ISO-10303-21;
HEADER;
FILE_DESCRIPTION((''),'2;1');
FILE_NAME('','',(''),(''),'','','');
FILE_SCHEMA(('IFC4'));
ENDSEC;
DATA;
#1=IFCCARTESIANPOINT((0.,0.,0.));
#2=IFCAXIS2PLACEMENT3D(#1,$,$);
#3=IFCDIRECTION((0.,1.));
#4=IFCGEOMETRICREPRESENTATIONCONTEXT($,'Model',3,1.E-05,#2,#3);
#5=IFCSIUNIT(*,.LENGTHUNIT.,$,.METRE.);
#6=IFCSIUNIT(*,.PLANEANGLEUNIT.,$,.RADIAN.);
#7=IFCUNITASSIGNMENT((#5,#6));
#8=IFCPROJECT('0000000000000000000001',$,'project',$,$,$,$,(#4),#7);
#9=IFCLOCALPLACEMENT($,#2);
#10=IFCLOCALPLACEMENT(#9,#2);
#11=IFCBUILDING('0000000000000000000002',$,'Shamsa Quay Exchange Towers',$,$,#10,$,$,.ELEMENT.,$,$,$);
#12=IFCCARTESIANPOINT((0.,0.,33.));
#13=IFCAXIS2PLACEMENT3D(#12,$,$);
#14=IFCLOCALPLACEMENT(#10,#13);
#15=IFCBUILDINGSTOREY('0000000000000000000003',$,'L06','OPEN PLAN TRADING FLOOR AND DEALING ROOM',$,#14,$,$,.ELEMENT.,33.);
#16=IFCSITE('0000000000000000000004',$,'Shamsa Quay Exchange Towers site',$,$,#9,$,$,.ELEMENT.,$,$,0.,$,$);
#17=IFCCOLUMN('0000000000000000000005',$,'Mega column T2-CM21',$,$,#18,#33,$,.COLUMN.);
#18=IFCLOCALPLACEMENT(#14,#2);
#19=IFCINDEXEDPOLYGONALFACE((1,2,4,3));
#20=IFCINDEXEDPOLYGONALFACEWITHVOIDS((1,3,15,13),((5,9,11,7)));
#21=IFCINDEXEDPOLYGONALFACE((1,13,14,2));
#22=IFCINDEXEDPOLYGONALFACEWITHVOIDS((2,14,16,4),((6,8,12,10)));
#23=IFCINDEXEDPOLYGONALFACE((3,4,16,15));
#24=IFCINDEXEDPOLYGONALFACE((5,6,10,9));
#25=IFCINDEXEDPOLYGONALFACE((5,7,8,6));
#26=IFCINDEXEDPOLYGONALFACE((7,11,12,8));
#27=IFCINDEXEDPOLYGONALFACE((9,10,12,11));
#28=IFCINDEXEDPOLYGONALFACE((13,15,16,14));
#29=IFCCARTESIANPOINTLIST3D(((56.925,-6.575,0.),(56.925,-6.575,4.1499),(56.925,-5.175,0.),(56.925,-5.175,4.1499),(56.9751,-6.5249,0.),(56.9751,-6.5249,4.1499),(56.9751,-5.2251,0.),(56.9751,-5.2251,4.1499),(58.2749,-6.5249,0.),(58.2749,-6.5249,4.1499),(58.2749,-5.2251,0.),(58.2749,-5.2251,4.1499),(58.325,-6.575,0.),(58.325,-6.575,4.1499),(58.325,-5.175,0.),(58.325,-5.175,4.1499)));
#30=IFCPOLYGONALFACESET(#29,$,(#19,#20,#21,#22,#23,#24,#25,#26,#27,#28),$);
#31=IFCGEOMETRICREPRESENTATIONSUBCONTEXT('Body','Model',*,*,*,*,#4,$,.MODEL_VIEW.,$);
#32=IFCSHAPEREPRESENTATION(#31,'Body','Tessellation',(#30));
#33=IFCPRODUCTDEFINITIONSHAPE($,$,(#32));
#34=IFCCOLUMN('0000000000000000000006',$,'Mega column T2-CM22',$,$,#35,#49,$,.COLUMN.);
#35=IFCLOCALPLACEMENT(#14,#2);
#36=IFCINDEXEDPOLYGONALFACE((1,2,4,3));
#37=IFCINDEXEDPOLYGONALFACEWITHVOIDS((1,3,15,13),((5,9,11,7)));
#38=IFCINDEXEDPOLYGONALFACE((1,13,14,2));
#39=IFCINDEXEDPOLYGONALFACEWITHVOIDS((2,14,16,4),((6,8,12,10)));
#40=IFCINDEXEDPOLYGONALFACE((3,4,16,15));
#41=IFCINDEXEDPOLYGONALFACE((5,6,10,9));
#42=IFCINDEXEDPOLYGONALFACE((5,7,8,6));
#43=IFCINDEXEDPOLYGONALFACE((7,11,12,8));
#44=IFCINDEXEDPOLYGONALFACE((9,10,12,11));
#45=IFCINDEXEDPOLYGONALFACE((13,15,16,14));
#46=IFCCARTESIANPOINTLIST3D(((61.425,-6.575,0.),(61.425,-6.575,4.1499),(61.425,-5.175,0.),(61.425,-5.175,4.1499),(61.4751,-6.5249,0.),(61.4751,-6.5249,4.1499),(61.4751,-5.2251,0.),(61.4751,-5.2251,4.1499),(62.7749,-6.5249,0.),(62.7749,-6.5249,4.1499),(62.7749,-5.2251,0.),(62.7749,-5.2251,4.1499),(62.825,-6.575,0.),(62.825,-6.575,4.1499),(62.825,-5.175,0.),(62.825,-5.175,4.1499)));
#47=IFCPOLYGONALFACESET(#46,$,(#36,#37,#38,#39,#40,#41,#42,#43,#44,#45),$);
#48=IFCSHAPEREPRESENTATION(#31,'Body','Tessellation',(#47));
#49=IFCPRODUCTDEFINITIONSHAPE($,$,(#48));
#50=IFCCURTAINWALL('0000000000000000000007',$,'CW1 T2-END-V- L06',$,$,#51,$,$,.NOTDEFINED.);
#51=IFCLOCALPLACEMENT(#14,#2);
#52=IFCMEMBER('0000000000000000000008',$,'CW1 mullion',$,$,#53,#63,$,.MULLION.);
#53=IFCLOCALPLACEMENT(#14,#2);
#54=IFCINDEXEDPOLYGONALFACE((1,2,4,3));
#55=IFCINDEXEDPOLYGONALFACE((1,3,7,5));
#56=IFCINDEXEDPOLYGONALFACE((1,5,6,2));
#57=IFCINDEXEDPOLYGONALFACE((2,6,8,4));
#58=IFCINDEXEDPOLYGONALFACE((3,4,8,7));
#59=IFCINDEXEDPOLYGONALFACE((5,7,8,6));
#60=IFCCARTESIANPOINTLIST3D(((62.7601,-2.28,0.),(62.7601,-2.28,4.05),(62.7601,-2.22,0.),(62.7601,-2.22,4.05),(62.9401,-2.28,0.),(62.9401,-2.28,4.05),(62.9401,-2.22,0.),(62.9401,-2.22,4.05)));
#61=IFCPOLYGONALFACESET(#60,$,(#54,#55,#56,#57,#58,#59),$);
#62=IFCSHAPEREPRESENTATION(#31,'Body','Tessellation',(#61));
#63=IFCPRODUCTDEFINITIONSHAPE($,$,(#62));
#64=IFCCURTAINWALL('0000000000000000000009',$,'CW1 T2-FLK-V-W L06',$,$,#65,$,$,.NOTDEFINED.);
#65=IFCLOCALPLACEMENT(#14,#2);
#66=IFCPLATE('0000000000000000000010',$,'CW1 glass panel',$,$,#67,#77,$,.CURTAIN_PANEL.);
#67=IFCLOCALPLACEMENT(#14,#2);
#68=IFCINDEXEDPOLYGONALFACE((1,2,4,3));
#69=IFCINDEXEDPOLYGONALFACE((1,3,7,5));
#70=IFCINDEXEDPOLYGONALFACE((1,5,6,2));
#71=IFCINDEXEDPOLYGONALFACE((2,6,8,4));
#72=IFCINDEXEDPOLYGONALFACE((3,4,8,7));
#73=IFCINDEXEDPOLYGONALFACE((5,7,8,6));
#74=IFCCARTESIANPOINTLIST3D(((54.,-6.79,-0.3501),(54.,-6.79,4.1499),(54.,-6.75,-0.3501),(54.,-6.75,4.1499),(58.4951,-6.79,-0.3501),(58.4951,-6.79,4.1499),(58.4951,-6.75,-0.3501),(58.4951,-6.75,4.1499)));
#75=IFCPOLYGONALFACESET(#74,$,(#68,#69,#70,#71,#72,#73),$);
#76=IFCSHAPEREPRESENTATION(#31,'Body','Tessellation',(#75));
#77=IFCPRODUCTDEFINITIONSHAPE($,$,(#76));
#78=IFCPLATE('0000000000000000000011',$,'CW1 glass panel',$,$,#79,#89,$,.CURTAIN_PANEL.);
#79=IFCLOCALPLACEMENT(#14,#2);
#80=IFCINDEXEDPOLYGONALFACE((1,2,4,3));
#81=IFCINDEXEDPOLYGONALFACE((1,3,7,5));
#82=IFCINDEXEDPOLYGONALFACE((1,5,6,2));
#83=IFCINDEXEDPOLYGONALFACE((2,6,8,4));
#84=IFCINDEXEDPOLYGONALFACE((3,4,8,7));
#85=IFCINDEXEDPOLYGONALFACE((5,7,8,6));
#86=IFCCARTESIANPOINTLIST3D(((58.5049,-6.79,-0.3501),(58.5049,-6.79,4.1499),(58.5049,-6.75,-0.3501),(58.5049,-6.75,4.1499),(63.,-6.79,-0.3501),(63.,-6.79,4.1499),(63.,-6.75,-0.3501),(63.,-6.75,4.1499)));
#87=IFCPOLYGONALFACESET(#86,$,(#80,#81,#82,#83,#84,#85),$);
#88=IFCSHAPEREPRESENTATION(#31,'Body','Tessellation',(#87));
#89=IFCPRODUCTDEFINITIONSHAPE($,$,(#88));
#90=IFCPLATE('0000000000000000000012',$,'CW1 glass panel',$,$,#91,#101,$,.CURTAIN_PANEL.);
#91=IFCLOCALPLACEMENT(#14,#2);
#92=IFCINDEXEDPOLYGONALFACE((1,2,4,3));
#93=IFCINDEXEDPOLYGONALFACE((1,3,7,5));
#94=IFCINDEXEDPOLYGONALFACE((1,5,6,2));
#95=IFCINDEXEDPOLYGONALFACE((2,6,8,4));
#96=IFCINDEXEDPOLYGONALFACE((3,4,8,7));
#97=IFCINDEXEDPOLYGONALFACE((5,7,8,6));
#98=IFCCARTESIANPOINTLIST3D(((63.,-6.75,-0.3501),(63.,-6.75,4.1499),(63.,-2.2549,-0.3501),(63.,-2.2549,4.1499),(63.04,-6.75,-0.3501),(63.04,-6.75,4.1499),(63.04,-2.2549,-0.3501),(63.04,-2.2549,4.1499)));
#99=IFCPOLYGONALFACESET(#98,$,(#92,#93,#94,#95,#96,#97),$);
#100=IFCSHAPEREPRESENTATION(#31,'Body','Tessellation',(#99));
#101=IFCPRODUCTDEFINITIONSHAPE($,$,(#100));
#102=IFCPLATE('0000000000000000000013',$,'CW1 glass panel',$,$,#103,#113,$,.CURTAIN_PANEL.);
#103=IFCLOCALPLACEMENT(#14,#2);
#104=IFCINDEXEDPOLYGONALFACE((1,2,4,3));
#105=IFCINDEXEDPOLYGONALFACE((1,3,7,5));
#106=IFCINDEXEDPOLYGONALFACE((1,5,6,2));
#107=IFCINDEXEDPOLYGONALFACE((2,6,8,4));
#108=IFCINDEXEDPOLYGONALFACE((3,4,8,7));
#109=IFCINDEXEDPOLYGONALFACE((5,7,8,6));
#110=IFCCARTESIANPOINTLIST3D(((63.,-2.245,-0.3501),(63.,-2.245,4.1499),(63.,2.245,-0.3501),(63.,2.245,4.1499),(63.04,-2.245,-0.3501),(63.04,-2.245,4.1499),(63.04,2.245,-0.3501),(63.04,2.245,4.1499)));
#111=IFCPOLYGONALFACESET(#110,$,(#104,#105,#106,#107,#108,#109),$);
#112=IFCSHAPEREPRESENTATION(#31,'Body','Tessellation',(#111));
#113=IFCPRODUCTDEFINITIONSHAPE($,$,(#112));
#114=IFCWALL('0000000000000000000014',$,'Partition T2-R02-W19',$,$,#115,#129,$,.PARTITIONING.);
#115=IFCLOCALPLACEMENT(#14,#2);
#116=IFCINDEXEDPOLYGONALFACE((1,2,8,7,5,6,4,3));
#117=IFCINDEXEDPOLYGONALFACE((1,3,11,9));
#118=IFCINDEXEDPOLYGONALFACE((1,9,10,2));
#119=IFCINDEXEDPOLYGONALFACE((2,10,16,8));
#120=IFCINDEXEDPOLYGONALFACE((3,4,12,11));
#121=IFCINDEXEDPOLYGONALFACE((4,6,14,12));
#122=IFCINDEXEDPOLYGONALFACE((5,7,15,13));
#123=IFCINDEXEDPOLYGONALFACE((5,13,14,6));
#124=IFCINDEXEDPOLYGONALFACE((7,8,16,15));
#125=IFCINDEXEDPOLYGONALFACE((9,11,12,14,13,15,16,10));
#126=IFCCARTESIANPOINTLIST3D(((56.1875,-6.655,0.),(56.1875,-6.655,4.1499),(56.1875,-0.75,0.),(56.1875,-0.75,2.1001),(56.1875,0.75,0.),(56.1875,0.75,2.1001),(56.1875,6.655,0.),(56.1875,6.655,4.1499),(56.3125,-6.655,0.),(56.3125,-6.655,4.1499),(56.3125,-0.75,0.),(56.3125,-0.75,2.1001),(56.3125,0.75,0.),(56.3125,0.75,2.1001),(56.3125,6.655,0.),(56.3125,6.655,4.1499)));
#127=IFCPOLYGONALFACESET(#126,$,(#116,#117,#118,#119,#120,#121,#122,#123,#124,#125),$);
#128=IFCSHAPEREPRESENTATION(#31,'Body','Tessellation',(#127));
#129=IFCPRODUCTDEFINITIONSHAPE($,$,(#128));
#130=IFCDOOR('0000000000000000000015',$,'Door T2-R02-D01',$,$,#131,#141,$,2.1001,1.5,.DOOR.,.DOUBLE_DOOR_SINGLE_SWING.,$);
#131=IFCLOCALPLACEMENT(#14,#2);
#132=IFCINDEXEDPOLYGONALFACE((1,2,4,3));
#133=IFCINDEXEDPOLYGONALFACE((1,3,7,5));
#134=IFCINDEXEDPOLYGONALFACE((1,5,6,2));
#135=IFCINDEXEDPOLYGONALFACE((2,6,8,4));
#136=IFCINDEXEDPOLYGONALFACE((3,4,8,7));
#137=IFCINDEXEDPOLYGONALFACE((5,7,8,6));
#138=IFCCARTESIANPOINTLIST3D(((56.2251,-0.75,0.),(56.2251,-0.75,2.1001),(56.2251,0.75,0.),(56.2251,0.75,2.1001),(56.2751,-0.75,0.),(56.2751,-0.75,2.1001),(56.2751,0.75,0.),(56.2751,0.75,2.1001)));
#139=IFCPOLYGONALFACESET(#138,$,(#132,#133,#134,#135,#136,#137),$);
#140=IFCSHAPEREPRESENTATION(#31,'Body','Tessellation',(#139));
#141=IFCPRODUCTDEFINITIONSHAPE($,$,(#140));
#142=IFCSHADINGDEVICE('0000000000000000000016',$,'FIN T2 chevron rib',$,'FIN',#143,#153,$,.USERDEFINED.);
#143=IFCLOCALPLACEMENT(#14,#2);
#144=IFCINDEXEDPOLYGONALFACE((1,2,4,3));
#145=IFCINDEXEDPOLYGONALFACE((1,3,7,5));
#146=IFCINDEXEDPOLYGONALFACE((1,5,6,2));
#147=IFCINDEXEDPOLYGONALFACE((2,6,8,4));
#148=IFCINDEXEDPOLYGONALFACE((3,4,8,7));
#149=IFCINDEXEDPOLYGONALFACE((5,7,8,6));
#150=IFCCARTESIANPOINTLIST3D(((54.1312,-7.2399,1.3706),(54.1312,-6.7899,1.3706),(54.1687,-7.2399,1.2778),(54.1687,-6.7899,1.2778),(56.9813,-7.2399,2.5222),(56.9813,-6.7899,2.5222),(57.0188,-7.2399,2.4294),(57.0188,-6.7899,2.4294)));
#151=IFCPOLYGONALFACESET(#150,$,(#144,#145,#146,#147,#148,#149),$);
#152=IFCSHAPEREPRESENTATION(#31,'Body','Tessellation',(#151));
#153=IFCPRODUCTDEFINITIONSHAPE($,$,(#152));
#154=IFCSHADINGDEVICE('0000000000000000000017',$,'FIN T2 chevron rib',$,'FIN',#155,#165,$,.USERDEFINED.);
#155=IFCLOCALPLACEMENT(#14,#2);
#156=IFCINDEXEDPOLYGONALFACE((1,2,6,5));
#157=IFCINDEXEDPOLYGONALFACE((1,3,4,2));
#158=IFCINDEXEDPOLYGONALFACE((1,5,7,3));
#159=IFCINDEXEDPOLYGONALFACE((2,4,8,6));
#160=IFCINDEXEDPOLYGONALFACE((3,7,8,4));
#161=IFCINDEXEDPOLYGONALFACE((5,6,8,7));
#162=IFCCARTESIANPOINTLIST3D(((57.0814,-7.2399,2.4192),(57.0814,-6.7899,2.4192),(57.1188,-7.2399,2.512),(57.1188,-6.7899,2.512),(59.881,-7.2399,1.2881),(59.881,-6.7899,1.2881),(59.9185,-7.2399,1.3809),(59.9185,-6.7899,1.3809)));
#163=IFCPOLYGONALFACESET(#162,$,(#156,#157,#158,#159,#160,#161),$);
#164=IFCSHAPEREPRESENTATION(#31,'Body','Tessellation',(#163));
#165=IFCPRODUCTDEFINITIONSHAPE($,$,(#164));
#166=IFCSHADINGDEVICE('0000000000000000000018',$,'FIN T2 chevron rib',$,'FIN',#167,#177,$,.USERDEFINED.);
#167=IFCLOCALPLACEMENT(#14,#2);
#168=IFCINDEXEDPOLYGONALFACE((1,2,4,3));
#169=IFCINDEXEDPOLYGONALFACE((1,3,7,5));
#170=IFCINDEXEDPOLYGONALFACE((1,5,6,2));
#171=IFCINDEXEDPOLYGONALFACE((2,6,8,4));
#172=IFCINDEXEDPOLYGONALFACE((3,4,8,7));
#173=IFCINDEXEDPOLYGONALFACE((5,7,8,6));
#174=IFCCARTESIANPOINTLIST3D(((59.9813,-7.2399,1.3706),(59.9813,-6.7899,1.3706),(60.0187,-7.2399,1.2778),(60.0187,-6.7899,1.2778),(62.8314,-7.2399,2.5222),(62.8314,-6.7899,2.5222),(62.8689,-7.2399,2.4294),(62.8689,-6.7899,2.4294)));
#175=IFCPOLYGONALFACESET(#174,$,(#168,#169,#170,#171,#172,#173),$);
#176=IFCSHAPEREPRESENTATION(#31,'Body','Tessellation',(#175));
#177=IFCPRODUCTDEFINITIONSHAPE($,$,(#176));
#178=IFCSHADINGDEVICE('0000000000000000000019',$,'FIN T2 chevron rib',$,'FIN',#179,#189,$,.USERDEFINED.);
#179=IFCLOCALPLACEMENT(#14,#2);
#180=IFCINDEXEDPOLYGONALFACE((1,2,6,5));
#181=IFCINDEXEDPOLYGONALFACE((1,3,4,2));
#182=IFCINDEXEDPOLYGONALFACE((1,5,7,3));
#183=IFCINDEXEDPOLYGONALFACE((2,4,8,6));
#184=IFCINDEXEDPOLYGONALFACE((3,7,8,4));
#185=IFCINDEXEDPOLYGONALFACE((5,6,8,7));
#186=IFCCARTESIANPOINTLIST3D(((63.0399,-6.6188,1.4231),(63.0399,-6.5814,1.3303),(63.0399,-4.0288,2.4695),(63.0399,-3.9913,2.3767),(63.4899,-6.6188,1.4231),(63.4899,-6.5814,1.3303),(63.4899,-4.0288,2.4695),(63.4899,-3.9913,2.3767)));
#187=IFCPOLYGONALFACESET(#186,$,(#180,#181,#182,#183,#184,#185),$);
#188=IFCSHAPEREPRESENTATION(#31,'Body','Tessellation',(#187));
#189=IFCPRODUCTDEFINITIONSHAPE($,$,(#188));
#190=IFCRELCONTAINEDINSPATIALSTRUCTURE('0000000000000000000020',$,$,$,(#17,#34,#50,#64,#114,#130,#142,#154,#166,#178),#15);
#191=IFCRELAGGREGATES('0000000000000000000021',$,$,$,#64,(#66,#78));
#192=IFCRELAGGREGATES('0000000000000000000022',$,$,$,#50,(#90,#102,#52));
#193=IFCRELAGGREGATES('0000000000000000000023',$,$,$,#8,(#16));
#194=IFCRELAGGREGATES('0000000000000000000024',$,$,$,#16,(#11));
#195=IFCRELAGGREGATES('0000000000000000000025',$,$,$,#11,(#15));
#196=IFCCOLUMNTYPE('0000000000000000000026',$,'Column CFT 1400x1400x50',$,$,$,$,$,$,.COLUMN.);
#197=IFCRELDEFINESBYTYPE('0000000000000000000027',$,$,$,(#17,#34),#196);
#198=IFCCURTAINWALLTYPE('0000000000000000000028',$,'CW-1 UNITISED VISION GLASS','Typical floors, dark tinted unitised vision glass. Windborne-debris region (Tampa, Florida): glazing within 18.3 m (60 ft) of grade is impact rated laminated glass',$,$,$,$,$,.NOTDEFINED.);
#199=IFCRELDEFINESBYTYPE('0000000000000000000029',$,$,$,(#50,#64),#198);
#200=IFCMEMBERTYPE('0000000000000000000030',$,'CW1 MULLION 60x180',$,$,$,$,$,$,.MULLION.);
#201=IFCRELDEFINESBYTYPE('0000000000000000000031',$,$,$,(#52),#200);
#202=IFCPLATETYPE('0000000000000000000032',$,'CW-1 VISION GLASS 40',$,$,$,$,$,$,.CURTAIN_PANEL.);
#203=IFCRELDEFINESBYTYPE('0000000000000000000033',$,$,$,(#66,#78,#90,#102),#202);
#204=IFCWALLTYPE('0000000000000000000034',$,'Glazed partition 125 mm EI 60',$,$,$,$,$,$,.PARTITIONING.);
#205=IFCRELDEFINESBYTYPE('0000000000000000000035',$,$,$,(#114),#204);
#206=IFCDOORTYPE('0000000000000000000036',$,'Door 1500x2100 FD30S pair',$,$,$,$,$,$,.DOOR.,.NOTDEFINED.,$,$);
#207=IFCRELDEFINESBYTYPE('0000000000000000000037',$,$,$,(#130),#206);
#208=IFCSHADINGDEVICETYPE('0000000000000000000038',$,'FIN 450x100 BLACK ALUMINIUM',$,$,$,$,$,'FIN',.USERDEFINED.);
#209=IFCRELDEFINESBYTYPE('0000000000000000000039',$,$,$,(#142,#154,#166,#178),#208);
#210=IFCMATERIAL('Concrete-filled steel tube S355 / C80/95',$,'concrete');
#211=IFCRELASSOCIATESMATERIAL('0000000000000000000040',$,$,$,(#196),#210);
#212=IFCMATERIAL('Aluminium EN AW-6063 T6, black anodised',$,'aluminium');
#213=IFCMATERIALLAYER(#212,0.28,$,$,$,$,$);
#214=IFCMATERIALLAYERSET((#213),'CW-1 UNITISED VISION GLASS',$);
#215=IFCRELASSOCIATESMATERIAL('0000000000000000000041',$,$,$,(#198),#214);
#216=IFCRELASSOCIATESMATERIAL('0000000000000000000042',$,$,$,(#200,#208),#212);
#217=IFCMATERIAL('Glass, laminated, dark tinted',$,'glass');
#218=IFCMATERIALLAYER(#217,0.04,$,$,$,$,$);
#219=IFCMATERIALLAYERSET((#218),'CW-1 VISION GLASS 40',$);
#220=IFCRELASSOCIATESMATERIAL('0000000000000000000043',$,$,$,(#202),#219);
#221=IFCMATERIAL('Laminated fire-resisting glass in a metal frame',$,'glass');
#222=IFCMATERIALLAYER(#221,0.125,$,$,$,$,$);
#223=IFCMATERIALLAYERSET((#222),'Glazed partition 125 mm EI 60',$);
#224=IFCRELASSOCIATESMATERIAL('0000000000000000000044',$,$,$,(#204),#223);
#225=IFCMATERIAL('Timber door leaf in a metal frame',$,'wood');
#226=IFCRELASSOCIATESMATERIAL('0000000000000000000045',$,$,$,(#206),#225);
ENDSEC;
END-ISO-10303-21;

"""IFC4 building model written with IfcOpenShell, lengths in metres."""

from ifc_helpers import new_model, si_unit, direction, frame, frame_2d, origin, origin_2d, place, context, subcontext, project, spatial, rectangle, hollow_rectangle, extrude, material, layer, layer_set, material_profile, profile_set, type_object, element, fill, aggregate, save


model = new_model("IFC4")

# Units and contexts
model_context = context("Model", 3, precision=1e-05, world=origin(), true_north=direction((0.0, 1.0)))
body_context = subcontext(model_context, "Body", "Model", "MODEL_VIEW")
ifc_project = project(units=[si_unit("LENGTHUNIT", "METRE"), si_unit("PLANEANGLEUNIT", "RADIAN")], contexts=[model_context])

# Site, building, storey
site_placement = place(None, origin())
site = spatial("IfcSite", under=ifc_project, at=site_placement, Name="Shamsa Quay Exchange Towers site", CompositionType="ELEMENT", RefElevation=0.0)
building_placement = place(site_placement, origin())
building = spatial("IfcBuilding", under=site, at=building_placement, Name="Shamsa Quay Exchange Towers", CompositionType="ELEMENT")
storey_placement = place(building_placement, frame((0.0, 0.0, 33.0)))
storey = spatial("IfcBuildingStorey", under=building, at=storey_placement, Name="L06", Description="OPEN PLAN TRADING FLOOR AND DEALING ROOM", CompositionType="ELEMENT", Elevation=33.0)

# Columns
ifc_material_1 = material(Name="Concrete-filled steel tube S355 / C80/95", Category="concrete")
ifc_material_profile_1 = material_profile(ifc_material_1, hollow_rectangle(XDim=1.3999, YDim=1.3999, WallThickness=0.05, at=origin_2d()), Name="CFT 1400x1400x50")
ifc_profile_set_1 = profile_set([ifc_material_profile_1], Name="Concrete-filled steel tube S355 / C80/95")
column_type = type_object("IfcColumnType", Name="Column CFT 1400x1400x50", PredefinedType="COLUMN", material=ifc_profile_set_1)
for number, where, name in (
    (1, (57.625, -5.875, 0.0), "Mega column T2-CM21"),
    (2, (62.125, -5.875, 0.0), "Mega column T2-CM22"),
):
    element("IfcColumn", number, at=place(storey_placement, frame(where)), inside=storey, type_object=column_type, Name=name, PredefinedType="COLUMN", context=body_context, shape_type="SweptSolid", body=[
        extrude(hollow_rectangle(XDim=1.3999, YDim=1.3999, WallThickness=0.05, at=origin_2d()), origin(), (0.0, 0.0, 1.0), 4.1499),
    ])

# Curtain wall, member
ifc_material_2 = material(Name="Aluminium EN AW-6063 T6, black anodised", Category="aluminium")
ifc_layer_1 = layer(ifc_material_2, 0.28)
ifc_layer_set_1 = layer_set([ifc_layer_1], Name="CW-1 UNITISED VISION GLASS")
curtain_wall_type = type_object("IfcCurtainWallType", Name="CW-1 UNITISED VISION GLASS", Description="Typical floors, dark tinted unitised vision glass. Windborne-debris region (Tampa, Florida): glazing within 18.3 m (60 ft) of grade is impact rated laminated glass", PredefinedType="NOTDEFINED", material=ifc_layer_set_1)
curtain_wall_1_placement = place(storey_placement, origin())
curtain_wall_1 = element("IfcCurtainWall", 3, at=curtain_wall_1_placement, inside=storey, type_object=curtain_wall_type, Name="CW1 T2-END-V- L06", PredefinedType="NOTDEFINED")
ifc_material_profile_2 = material_profile(ifc_material_2, rectangle(XDim=0.1799, YDim=0.0601, at=origin_2d()), Name="MU60x180")
ifc_profile_set_2 = profile_set([ifc_material_profile_2], Name="Aluminium EN AW-6063 T6, black anodised")
member_type = type_object("IfcMemberType", Name="CW1 MULLION 60x180", PredefinedType="MULLION", material=ifc_profile_set_2)
member_placement = place(storey_placement, frame((62.8501, -2.25, 0.0), z_axis=(0.0, 0.0, 1.0), x_axis=(-1.0, 0.0, 0.0)))
member = element("IfcMember", 4, at=member_placement, type_object=member_type, Name="CW1 mullion", PredefinedType="MULLION", context=body_context, shape_type="SweptSolid", body=[
    extrude(rectangle(XDim=0.1799, YDim=0.0601, at=origin_2d()), origin(), (0.0, 0.0, 1.0), 4.05),
])

# Curtain wall, plates
curtain_wall_2_placement = place(storey_placement, origin())
curtain_wall_2 = element("IfcCurtainWall", 5, at=curtain_wall_2_placement, inside=storey, type_object=curtain_wall_type, Name="CW1 T2-FLK-V-W L06", PredefinedType="NOTDEFINED")
ifc_material_3 = material(Name="Glass, laminated, dark tinted", Category="glass")
ifc_layer_2 = layer(ifc_material_3, 0.04)
ifc_layer_set_2 = layer_set([ifc_layer_2], Name="CW-1 VISION GLASS 40")
plate_type = type_object("IfcPlateType", Name="CW-1 VISION GLASS 40", PredefinedType="CURTAIN_PANEL", material=ifc_layer_set_2)
plate_1_placement = place(storey_placement, frame((56.2476, -6.77, -0.3501)))
plate_1 = element("IfcPlate", 6, at=plate_1_placement, type_object=plate_type, Name="CW1 glass panel", PredefinedType="CURTAIN_PANEL", context=body_context, shape_type="SweptSolid", body=[
    extrude(rectangle(XDim=4.4951, YDim=0.04, at=origin_2d()), origin(), (0.0, 0.0, 1.0), 4.5),
])
plate_2_placement = place(storey_placement, frame((60.7524, -6.77, -0.3501)))
plate_2 = element("IfcPlate", 7, at=plate_2_placement, type_object=plate_type, Name="CW1 glass panel", PredefinedType="CURTAIN_PANEL", context=body_context, shape_type="SweptSolid", body=[
    extrude(rectangle(XDim=4.4951, YDim=0.04, at=origin_2d()), origin(), (0.0, 0.0, 1.0), 4.5),
])
aggregate(curtain_wall_2, [plate_1, plate_2])

# Plates
plate_3_placement = place(storey_placement, frame((63.02, -4.5024, -0.3501), z_axis=(0.0, 0.0, 1.0), x_axis=(0.0, 1.0, 0.0)))
plate_3 = element("IfcPlate", 8, at=plate_3_placement, type_object=plate_type, Name="CW1 glass panel", PredefinedType="CURTAIN_PANEL", context=body_context, shape_type="SweptSolid", body=[
    extrude(rectangle(XDim=4.4951, YDim=0.04, at=origin_2d()), origin(), (0.0, 0.0, 1.0), 4.5),
])
plate_4_placement = place(storey_placement, frame((63.02, 0.0, -0.3501), z_axis=(0.0, 0.0, 1.0), x_axis=(0.0, 1.0, 0.0)))
plate_4 = element("IfcPlate", 9, at=plate_4_placement, type_object=plate_type, Name="CW1 glass panel", PredefinedType="CURTAIN_PANEL", context=body_context, shape_type="SweptSolid", body=[
    extrude(rectangle(XDim=4.49, YDim=0.04, at=origin_2d()), origin(), (0.0, 0.0, 1.0), 4.5),
])
aggregate(curtain_wall_1, [plate_3, plate_4, member])

# Wall, opening, door
ifc_material_4 = material(Name="Laminated fire-resisting glass in a metal frame", Category="glass")
ifc_layer_3 = layer(ifc_material_4, 0.125)
ifc_layer_set_3 = layer_set([ifc_layer_3], Name="Glazed partition 125 mm EI 60")
wall_type = type_object("IfcWallType", Name="Glazed partition 125 mm EI 60", PredefinedType="PARTITIONING", material=ifc_layer_set_3)
wall_placement = place(storey_placement, frame((56.25, -6.655, 0.0), z_axis=(0.0, 0.0, 1.0), x_axis=(0.0, 1.0, 0.0)))
wall = element("IfcWall", 10, at=wall_placement, inside=storey, type_object=wall_type, Name="Partition T2-R02-W19", PredefinedType="PARTITIONING", context=body_context, shape_type="SweptSolid", body=[
    extrude(rectangle(XDim=13.3101, YDim=0.125, at=frame_2d((6.655, 0.0))), origin(), (0.0, 0.0, 1.0), 4.1499),
])
opening_placement = place(wall_placement, frame((5.905, 0.0, 0.0)))
opening = element("IfcOpeningElement", 11, at=opening_placement, cuts=wall, PredefinedType="OPENING", context=body_context, shape_type="SweptSolid", body=[
    extrude(rectangle(XDim=1.5, YDim=2.1001, at=frame_2d((0.75, 1.05))), frame((0.0, 0.0725, 0.0), z_axis=(0.0, -1.0, 0.0), x_axis=(1.0, 0.0, 0.0)), (0.0, 0.0, 1.0), 0.145),
])
ifc_material_5 = material(Name="Timber door leaf in a metal frame", Category="wood")
door_type = type_object("IfcDoorType", Name="Door 1500x2100 FD30S pair", OperationType="NOTDEFINED", PredefinedType="DOOR", material=ifc_material_5)
door_placement = place(opening_placement, origin())
door = element("IfcDoor", 12, at=door_placement, inside=storey, type_object=door_type, Name="Door T2-R02-D01", OperationType="DOUBLE_DOOR_SINGLE_SWING", OverallHeight=2.1001, OverallWidth=1.5, PredefinedType="DOOR", context=body_context, shape_type="SweptSolid", body=[
    extrude(rectangle(XDim=1.5, YDim=2.1001, at=frame_2d((0.75, 1.05))), frame((0.0, 0.0249, 0.0), z_axis=(0.0, -1.0, 0.0), x_axis=(1.0, 0.0, 0.0)), (0.0, 0.0, 1.0), 0.05),
])
fill(opening, door)

# Shading devices
ifc_material_profile_3 = material_profile(ifc_material_2, rectangle(XDim=0.45, YDim=0.1001, at=origin_2d()), Name="FIN450x100")
ifc_profile_set_3 = profile_set([ifc_material_profile_3], Name="Aluminium EN AW-6063 T6, black anodised")
shading_device_type = type_object("IfcShadingDeviceType", Name="FIN 450x100 BLACK ALUMINIUM", ElementType="FIN", PredefinedType="USERDEFINED", material=ifc_profile_set_3)
shading_device_1_placement = place(storey_placement, frame((54.1499, -7.0149, 1.3242), z_axis=(0.927173, 0.0, 0.374634), x_axis=(0.0, 1.0, 0.0)))
element("IfcShadingDevice", 13, at=shading_device_1_placement, inside=storey, type_object=shading_device_type, Name="FIN T2 chevron rib", ObjectType="FIN", PredefinedType="USERDEFINED", context=body_context, shape_type="SweptSolid", body=[
    extrude(rectangle(XDim=0.45, YDim=0.1001, at=origin_2d()), origin(), (0.0, 0.0, 1.0), 3.074),
])
shading_device_2_placement = place(storey_placement, frame((57.1001, -7.0149, 2.4656), z_axis=(0.927194, 0.0, -0.374581), x_axis=(0.0, 1.0, 0.0)))
element("IfcShadingDevice", 14, at=shading_device_2_placement, inside=storey, type_object=shading_device_type, Name="FIN T2 chevron rib", ObjectType="FIN", PredefinedType="USERDEFINED", context=body_context, shape_type="SweptSolid", body=[
    extrude(rectangle(XDim=0.45, YDim=0.1001, at=origin_2d()), origin(), (0.0, 0.0, 1.0), 3.0195),
])
shading_device_3_placement = place(storey_placement, frame((60.0, -7.0149, 1.3242), z_axis=(0.927173, 0.0, 0.374634), x_axis=(0.0, 1.0, 0.0)))
element("IfcShadingDevice", 15, at=shading_device_3_placement, inside=storey, type_object=shading_device_type, Name="FIN T2 chevron rib", ObjectType="FIN", PredefinedType="USERDEFINED", context=body_context, shape_type="SweptSolid", body=[
    extrude(rectangle(XDim=0.45, YDim=0.1001, at=origin_2d()), origin(), (0.0, 0.0, 1.0), 3.074),
])
shading_device_4_placement = place(storey_placement, frame((63.2649, -6.6001, 1.3767), z_axis=(0.0, 0.927193, 0.374583), x_axis=(-1.0, 0.0, 0.0)))
element("IfcShadingDevice", 16, at=shading_device_4_placement, inside=storey, type_object=shading_device_type, Name="FIN T2 chevron rib", ObjectType="FIN", PredefinedType="USERDEFINED", context=body_context, shape_type="SweptSolid", body=[
    extrude(rectangle(XDim=0.45, YDim=0.1001, at=origin_2d()), origin(), (0.0, 0.0, 1.0), 2.7935),
])

save(model, "model.ifc")
